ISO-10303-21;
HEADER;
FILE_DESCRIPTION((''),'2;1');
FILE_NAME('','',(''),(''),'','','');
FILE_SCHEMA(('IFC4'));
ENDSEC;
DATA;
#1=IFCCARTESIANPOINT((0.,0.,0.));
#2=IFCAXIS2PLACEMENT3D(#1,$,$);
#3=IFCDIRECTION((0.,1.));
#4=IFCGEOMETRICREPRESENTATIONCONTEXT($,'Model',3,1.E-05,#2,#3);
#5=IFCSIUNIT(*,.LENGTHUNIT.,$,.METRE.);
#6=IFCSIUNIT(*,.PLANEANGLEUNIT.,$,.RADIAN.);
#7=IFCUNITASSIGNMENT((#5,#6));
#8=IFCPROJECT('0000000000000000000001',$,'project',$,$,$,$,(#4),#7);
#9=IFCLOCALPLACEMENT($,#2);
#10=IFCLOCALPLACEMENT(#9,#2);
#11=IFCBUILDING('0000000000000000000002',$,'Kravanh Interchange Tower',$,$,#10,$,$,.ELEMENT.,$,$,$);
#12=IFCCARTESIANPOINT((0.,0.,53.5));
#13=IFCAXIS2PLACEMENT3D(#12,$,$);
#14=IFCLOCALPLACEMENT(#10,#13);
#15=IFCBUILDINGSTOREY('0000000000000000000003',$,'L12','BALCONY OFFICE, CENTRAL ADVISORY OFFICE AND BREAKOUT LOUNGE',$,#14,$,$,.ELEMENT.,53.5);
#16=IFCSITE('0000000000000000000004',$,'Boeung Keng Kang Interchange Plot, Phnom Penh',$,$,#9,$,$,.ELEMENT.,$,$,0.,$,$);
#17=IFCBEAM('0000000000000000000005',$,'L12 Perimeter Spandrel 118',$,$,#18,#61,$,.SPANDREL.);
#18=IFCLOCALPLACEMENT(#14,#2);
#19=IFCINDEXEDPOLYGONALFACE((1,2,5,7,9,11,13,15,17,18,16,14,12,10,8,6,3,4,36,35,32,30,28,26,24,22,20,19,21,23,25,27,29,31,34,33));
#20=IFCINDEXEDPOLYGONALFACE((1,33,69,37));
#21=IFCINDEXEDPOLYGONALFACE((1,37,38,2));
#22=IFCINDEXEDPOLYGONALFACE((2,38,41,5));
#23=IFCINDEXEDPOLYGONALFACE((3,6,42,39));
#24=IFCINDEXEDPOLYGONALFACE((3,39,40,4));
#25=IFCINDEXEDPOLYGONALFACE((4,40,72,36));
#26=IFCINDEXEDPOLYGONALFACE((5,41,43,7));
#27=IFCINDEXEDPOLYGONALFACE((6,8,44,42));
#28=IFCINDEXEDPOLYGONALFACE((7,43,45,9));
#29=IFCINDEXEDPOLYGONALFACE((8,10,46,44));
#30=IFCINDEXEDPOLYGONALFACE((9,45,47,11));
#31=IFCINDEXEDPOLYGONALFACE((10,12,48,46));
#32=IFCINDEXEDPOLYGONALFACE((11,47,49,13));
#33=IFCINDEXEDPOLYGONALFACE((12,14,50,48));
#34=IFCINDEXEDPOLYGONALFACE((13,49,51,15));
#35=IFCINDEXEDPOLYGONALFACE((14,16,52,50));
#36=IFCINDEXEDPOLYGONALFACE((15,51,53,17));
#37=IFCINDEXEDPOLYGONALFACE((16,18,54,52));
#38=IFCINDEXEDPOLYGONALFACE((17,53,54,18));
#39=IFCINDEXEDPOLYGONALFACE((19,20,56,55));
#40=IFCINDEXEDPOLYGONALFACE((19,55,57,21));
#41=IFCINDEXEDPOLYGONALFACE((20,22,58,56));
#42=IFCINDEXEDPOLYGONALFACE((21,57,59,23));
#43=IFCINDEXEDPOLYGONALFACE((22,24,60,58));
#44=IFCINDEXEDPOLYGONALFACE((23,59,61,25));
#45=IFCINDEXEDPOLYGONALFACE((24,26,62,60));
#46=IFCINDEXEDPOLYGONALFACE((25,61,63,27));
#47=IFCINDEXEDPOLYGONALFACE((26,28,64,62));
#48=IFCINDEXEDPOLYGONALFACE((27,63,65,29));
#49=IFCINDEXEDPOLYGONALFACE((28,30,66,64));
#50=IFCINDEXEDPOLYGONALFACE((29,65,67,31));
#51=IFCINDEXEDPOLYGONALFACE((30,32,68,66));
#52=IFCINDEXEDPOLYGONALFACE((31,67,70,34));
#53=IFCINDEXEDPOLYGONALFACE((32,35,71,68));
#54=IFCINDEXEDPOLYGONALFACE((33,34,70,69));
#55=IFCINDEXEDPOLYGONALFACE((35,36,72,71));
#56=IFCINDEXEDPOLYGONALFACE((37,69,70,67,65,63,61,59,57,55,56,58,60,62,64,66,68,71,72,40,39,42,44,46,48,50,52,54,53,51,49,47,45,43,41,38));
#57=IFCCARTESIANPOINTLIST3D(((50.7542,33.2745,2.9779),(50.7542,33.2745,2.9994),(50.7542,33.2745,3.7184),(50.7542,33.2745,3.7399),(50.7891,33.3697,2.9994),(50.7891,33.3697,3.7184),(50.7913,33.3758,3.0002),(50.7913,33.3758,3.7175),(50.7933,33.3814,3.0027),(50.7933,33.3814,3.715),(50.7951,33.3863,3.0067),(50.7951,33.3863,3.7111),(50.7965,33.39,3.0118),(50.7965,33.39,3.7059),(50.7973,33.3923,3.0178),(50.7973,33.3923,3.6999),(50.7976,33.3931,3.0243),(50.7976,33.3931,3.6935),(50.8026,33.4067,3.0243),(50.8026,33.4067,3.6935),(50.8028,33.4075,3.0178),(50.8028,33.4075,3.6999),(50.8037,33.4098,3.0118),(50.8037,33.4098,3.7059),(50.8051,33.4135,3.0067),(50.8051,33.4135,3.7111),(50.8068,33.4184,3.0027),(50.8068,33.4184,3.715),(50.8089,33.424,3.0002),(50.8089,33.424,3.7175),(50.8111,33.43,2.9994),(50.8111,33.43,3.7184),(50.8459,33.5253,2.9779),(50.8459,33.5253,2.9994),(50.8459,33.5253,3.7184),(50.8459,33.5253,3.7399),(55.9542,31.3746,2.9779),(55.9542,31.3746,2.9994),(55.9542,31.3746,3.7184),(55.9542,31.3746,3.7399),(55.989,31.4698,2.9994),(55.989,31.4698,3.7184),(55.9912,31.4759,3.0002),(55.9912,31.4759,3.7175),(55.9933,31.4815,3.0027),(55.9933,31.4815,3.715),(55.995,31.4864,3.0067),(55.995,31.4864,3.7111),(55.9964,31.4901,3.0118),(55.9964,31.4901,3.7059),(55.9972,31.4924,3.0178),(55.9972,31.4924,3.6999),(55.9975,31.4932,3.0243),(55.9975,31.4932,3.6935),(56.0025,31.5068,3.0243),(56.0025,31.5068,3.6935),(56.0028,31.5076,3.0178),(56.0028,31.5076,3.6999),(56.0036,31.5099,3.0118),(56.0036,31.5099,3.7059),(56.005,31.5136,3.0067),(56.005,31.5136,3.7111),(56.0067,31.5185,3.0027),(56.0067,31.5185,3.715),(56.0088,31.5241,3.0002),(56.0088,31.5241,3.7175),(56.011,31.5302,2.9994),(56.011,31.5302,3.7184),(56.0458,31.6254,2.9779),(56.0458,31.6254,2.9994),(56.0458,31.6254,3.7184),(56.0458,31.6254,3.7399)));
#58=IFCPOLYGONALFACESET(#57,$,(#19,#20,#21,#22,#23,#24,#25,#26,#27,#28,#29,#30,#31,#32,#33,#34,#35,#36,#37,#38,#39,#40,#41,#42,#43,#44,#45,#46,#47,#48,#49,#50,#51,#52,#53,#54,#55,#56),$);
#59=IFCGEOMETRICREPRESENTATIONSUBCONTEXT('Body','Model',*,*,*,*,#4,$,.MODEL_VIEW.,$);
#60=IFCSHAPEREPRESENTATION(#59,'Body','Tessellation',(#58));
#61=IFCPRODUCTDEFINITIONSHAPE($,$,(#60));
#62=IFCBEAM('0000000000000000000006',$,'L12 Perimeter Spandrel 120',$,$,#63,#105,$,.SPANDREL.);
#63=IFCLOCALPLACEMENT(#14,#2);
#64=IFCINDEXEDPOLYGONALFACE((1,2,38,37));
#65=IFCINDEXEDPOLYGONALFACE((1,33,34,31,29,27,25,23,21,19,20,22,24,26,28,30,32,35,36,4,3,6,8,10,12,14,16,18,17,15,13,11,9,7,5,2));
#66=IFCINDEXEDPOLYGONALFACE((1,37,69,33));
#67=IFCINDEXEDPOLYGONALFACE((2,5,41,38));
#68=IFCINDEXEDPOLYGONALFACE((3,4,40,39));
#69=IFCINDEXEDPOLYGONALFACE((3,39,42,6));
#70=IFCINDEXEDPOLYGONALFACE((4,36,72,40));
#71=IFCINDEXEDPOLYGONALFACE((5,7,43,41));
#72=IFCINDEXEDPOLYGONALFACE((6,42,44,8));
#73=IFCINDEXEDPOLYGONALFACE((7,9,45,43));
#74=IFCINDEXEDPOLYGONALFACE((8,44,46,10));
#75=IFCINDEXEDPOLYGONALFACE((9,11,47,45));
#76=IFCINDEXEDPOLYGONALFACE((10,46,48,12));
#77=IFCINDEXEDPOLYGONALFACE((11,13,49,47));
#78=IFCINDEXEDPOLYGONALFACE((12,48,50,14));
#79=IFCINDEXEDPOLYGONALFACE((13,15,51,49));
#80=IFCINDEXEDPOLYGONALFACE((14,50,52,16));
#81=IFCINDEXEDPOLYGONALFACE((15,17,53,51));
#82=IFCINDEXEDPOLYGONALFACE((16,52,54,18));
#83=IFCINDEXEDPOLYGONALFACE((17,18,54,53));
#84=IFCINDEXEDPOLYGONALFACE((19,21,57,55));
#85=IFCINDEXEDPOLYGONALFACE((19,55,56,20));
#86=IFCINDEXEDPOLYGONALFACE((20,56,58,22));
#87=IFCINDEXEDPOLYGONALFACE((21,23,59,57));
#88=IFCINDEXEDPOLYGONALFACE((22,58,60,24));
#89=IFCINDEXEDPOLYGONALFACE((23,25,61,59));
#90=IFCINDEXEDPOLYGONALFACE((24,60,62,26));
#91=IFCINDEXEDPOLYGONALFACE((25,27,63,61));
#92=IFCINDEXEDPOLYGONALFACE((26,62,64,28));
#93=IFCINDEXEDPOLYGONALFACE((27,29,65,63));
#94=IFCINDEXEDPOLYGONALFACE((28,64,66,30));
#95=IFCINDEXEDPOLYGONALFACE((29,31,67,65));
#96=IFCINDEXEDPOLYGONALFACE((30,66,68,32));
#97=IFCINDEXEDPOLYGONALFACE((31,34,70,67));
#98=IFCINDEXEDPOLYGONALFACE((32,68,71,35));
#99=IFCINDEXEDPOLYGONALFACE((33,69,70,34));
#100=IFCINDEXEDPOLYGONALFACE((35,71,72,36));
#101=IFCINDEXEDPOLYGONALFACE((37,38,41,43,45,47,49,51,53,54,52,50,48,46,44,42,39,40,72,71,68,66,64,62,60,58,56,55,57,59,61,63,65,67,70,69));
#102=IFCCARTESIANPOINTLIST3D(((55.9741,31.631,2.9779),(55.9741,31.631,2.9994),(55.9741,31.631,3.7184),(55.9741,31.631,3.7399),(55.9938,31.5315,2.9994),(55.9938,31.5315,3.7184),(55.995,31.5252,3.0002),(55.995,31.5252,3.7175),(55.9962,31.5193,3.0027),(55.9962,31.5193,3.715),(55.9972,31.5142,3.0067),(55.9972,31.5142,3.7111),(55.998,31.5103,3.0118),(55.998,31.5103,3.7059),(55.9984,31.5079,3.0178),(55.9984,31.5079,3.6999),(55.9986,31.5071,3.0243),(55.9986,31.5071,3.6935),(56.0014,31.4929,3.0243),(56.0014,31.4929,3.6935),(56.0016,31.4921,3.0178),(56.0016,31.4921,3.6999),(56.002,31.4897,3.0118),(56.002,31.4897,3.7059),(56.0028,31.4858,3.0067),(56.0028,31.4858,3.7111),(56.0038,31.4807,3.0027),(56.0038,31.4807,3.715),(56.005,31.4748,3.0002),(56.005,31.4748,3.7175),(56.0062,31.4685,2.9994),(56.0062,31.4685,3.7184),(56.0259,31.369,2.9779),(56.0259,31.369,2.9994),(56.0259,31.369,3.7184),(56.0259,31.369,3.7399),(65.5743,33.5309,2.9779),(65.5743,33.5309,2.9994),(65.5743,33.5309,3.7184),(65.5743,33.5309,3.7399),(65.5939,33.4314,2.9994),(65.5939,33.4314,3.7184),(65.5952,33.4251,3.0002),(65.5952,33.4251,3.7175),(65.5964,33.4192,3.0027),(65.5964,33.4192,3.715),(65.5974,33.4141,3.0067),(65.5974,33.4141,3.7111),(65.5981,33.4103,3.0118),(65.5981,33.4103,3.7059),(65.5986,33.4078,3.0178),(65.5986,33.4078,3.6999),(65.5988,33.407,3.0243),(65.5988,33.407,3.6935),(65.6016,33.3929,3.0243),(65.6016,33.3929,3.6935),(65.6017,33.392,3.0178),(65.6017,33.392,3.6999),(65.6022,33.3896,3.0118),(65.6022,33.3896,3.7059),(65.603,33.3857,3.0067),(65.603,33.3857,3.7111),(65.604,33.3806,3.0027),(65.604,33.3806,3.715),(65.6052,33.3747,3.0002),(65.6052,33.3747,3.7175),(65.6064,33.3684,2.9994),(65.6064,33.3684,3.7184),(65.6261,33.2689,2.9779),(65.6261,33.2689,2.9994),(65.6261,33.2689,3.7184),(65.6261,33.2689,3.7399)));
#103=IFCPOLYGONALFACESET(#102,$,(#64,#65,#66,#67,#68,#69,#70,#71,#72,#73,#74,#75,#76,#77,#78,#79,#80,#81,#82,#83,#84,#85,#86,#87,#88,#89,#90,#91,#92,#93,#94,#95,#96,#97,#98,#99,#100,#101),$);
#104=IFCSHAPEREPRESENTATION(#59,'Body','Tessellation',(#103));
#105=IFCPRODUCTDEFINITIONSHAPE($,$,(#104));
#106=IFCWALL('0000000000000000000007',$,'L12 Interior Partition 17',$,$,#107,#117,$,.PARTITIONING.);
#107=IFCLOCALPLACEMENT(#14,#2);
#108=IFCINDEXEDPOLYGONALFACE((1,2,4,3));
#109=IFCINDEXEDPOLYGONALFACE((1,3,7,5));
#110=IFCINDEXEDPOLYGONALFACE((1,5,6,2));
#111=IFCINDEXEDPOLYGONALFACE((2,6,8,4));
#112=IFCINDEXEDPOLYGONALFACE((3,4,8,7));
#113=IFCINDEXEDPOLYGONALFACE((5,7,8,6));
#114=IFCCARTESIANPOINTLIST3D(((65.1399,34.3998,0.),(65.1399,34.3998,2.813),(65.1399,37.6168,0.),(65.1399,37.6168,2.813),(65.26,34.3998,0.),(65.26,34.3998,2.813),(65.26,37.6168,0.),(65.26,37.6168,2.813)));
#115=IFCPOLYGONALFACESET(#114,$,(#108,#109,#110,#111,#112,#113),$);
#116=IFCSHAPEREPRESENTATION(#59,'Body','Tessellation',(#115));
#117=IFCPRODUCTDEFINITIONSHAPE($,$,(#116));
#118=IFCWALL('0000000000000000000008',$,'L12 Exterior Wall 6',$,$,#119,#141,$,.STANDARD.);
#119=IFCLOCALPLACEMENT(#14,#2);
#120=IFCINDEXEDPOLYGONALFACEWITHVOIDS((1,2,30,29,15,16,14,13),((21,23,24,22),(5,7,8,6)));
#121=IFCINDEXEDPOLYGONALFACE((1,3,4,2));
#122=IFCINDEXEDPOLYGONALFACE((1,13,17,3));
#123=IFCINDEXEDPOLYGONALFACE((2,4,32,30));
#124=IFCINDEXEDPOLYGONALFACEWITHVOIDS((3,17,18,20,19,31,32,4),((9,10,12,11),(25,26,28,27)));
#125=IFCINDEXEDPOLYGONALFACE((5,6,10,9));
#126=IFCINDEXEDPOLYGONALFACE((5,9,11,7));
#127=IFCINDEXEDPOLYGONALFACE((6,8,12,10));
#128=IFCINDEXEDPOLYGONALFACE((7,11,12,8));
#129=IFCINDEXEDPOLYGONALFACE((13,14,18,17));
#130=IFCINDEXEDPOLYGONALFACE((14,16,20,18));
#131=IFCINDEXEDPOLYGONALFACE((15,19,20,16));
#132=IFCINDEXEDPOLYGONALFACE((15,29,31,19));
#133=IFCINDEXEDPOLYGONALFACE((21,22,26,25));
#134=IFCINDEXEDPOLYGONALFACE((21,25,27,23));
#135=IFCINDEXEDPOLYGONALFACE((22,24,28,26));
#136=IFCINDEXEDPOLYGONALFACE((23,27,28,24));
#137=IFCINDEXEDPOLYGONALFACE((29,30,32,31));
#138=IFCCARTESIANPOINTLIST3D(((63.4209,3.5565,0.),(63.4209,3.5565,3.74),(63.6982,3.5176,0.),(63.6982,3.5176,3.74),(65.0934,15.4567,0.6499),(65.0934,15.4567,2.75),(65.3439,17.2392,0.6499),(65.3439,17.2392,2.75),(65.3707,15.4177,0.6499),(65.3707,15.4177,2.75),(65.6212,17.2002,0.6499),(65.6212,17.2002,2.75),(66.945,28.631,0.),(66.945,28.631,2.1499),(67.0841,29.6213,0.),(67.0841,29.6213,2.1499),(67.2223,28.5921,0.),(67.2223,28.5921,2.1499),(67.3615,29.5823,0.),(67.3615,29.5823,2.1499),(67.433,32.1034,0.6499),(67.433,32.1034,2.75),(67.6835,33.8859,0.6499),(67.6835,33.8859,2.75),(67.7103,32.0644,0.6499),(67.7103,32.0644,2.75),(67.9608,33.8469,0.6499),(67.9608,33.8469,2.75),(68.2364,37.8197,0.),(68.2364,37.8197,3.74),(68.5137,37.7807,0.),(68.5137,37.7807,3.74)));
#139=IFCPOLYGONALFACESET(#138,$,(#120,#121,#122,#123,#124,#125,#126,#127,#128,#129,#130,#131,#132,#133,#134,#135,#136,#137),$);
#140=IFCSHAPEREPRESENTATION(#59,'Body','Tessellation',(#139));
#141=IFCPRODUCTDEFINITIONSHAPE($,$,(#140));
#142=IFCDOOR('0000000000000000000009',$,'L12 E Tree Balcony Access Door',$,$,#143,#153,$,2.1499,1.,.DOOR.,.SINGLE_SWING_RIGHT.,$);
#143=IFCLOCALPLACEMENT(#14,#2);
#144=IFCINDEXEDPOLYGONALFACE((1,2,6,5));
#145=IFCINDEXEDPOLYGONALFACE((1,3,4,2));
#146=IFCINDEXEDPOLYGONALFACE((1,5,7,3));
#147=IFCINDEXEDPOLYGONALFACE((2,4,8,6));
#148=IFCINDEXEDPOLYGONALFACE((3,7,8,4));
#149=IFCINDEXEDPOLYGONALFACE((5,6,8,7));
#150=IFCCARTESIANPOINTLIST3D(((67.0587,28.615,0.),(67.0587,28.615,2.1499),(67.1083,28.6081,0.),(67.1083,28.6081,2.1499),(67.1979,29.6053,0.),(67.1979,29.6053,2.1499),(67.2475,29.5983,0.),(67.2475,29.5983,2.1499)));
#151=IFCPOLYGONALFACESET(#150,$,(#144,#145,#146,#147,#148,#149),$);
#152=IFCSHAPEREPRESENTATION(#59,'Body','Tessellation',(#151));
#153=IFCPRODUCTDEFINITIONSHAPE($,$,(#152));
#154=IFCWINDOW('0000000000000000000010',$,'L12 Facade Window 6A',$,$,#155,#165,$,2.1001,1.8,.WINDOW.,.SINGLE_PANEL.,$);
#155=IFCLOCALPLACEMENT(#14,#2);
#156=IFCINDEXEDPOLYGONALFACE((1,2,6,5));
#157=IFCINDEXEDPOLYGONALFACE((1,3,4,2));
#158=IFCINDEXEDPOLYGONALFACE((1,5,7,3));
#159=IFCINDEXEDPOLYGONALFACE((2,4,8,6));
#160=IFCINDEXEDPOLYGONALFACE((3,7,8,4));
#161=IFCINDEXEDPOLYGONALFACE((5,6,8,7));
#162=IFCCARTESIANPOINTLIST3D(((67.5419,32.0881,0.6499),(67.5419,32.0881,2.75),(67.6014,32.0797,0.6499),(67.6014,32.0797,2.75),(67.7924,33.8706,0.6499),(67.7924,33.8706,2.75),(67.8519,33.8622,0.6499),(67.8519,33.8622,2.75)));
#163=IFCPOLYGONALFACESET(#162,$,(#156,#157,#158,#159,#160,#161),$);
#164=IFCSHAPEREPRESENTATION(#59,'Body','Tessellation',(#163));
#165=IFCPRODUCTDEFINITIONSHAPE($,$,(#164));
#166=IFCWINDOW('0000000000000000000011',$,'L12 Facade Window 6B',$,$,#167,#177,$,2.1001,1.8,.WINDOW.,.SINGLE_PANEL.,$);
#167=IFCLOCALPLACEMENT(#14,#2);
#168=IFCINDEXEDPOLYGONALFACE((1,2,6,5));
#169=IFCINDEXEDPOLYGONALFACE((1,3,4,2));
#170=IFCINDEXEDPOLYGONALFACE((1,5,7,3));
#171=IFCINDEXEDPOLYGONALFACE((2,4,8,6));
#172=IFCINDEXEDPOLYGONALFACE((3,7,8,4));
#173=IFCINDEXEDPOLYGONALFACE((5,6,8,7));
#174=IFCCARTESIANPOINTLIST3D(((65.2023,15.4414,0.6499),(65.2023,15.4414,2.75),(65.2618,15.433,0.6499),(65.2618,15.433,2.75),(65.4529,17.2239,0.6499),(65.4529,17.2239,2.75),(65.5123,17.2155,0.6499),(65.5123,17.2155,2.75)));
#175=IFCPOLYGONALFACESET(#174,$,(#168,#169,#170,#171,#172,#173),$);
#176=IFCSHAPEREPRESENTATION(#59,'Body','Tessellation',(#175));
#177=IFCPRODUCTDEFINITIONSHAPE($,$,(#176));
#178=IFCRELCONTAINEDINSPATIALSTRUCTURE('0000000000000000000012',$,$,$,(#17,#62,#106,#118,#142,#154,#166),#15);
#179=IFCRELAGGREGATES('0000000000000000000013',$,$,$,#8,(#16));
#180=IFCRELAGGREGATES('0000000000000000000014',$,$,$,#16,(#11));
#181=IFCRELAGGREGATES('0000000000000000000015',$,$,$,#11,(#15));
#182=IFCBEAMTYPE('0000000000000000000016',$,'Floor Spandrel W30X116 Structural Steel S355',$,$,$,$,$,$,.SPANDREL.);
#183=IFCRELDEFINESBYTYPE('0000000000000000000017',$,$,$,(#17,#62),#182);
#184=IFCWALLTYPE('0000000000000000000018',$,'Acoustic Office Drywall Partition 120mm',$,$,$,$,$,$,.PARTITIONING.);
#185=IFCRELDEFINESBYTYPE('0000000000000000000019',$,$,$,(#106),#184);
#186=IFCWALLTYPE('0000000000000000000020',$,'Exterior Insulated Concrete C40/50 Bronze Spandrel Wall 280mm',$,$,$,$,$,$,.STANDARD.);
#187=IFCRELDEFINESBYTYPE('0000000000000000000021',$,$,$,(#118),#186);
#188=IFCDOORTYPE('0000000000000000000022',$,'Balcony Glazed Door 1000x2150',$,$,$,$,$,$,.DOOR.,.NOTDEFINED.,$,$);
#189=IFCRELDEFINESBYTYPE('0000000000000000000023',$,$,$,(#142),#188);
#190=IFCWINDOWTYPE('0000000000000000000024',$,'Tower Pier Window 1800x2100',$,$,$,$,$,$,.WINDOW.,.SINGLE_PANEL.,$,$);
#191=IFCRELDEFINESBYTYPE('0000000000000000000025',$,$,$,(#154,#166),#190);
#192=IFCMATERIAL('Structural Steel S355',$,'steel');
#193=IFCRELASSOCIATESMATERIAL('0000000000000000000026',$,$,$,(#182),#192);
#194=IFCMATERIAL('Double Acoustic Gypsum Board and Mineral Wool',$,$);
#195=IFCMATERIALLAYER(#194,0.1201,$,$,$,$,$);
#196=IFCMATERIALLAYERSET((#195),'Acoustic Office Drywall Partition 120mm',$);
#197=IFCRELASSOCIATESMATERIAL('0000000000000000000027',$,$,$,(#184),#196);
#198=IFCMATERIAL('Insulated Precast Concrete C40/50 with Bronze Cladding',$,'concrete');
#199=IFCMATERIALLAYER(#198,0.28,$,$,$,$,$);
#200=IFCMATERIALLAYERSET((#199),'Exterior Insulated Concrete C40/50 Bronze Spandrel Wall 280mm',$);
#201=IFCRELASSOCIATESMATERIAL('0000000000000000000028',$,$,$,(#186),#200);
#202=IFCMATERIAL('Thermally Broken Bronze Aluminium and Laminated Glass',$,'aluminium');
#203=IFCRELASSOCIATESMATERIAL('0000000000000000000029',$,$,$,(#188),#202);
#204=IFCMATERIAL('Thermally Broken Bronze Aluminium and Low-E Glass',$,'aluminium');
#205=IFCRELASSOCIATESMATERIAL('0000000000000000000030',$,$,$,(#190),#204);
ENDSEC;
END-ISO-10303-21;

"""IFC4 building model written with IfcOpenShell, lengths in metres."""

from ifc_helpers import new_model, si_unit, direction, frame, frame_2d, origin, origin_2d, place, context, subcontext, project, spatial, rectangle, i_section, extrude, material, layer, layer_set, material_profile, profile_set, type_object, element, fill, save


model = new_model("IFC4")

# Units and contexts
model_context = context("Model", 3, precision=1e-05, world=origin(), true_north=direction((0.0, 1.0)))
body_context = subcontext(model_context, "Body", "Model", "MODEL_VIEW")
ifc_project = project(units=[si_unit("LENGTHUNIT", "METRE"), si_unit("PLANEANGLEUNIT", "RADIAN")], contexts=[model_context])

# Site, building, storey
site_placement = place(None, origin())
site = spatial("IfcSite", under=ifc_project, at=site_placement, Name="Boeung Keng Kang Interchange Plot, Phnom Penh", CompositionType="ELEMENT", RefElevation=0.0)
building_placement = place(site_placement, origin())
building = spatial("IfcBuilding", under=site, at=building_placement, Name="Kravanh Interchange Tower", CompositionType="ELEMENT")
storey_placement = place(building_placement, frame((0.0, 0.0, 53.5)))
storey = spatial("IfcBuildingStorey", under=building, at=storey_placement, Name="L12", Description="BALCONY OFFICE, CENTRAL ADVISORY OFFICE AND BREAKOUT LOUNGE", CompositionType="ELEMENT", Elevation=53.5)

# Beams
ifc_material_1 = material(Name="Structural Steel S355", Category="steel")
ifc_material_profile_1 = material_profile(ifc_material_1, i_section(OverallWidth=0.2671, OverallDepth=0.762, WebThickness=0.0144, FlangeThickness=0.0215, FilletRadius=0.0249, at=origin_2d()), Name="W30X116")
ifc_profile_set_1 = profile_set([ifc_material_profile_1], Name="Structural Steel S355")
beam_type_1 = type_object("IfcBeamType", Name="Floor Spandrel W30X116 Structural Steel S355", PredefinedType="SPANDREL", material=ifc_profile_set_1)
beam_1_placement = place(storey_placement, frame((56.0, 31.5, 3.3589), z_axis=(-0.93927, 0.34318, 0.0), x_axis=(-0.34318, -0.93927, 0.0)))
element("IfcBeam", 1, at=beam_1_placement, inside=storey, type_object=beam_type_1, Name="L12 Perimeter Spandrel 118", PredefinedType="SPANDREL", context=body_context, shape_type="SweptSolid", body=[
    extrude(i_section(OverallWidth=0.2671, OverallDepth=0.762, WebThickness=0.0144, FlangeThickness=0.0215, FilletRadius=0.0249, at=origin_2d()), origin(), (0.0, 0.0, 1.0), 5.5361),
])
beam_2_placement = place(storey_placement, frame((56.0, 31.5, 3.3589), z_axis=(0.980974, 0.194139, 0.0), x_axis=(-0.194139, 0.980974, 0.0)))
element("IfcBeam", 2, at=beam_2_placement, inside=storey, type_object=beam_type_1, Name="L12 Perimeter Spandrel 120", PredefinedType="SPANDREL", context=body_context, shape_type="SweptSolid", body=[
    extrude(i_section(OverallWidth=0.2671, OverallDepth=0.762, WebThickness=0.0144, FlangeThickness=0.0215, FilletRadius=0.0249, at=origin_2d()), origin(), (0.0, 0.0, 1.0), 9.7864),
])

# Wall
ifc_material_2 = material(Name="Double Acoustic Gypsum Board and Mineral Wool")
ifc_layer_1 = layer(ifc_material_2, 0.1201)
ifc_layer_set_1 = layer_set([ifc_layer_1], Name="Acoustic Office Drywall Partition 120mm")
wall_type_1 = type_object("IfcWallType", Name="Acoustic Office Drywall Partition 120mm", PredefinedType="PARTITIONING", material=ifc_layer_set_1)
wall_1_placement = place(storey_placement, frame((65.2, 34.3999, 0.0), z_axis=(0.0, 0.0, 1.0), x_axis=(0.0, 1.0, 0.0)))
element("IfcWall", 3, at=wall_1_placement, inside=storey, type_object=wall_type_1, Name="L12 Interior Partition 17", PredefinedType="PARTITIONING", context=body_context, shape_type="SweptSolid", body=[
    extrude(rectangle(XDim=3.217, YDim=0.1201, at=frame_2d((1.6084, 0.0))), origin(), (0.0, 0.0, 1.0), 2.813),
])

# Wall, openings, door, windows
ifc_material_3 = material(Name="Insulated Precast Concrete C40/50 with Bronze Cladding", Category="concrete")
ifc_layer_2 = layer(ifc_material_3, 0.28)
ifc_layer_set_2 = layer_set([ifc_layer_2], Name="Exterior Insulated Concrete C40/50 Bronze Spandrel Wall 280mm")
wall_type_2 = type_object("IfcWallType", Name="Exterior Insulated Concrete C40/50 Bronze Spandrel Wall 280mm", PredefinedType="STANDARD", material=ifc_layer_set_2)
wall_2_placement = place(storey_placement, frame((68.375, 37.8, 0.0), z_axis=(0.0, 0.0, 1.0), x_axis=(-0.139175, -0.990268, 0.0)))
wall_2 = element("IfcWall", 4, at=wall_2_placement, inside=storey, type_object=wall_type_2, Name="L12 Exterior Wall 6", PredefinedType="STANDARD", context=body_context, shape_type="SweptSolid", body=[
    extrude(rectangle(XDim=34.5999, YDim=0.28, at=frame_2d((17.2998, 0.0))), origin(), (0.0, 0.0, 1.0), 3.74),
])
opening_1_placement = place(wall_2_placement, frame((8.2788, 0.0, 0.0)))
opening_1 = element("IfcOpeningElement", 5, at=opening_1_placement, cuts=wall_2, PredefinedType="OPENING", context=body_context, shape_type="SweptSolid", body=[
    extrude(rectangle(XDim=1.0, YDim=2.1499, at=frame_2d((0.5, 1.075))), frame((0.0, 0.1499, 0.0), z_axis=(0.0, -1.0, 0.0), x_axis=(1.0, 0.0, 0.0)), (0.0, 0.0, 1.0), 0.3),
])
opening_2_placement = place(wall_2_placement, frame((3.9724, 0.0, 0.6499)))
opening_2 = element("IfcOpeningElement", 6, at=opening_2_placement, cuts=wall_2, PredefinedType="OPENING", context=body_context, shape_type="SweptSolid", body=[
    extrude(rectangle(XDim=1.8, YDim=2.1001, at=frame_2d((0.8999, 1.05))), frame((0.0, 0.1499, 0.0), z_axis=(0.0, -1.0, 0.0), x_axis=(1.0, 0.0, 0.0)), (0.0, 0.0, 1.0), 0.3),
])
opening_3_placement = place(wall_2_placement, frame((20.7827, 0.0, 0.6499)))
opening_3 = element("IfcOpeningElement", 7, at=opening_3_placement, cuts=wall_2, PredefinedType="OPENING", context=body_context, shape_type="SweptSolid", body=[
    extrude(rectangle(XDim=1.8, YDim=2.1001, at=frame_2d((0.8999, 1.05))), frame((0.0, 0.1499, 0.0), z_axis=(0.0, -1.0, 0.0), x_axis=(1.0, 0.0, 0.0)), (0.0, 0.0, 1.0), 0.3),
])
ifc_material_4 = material(Name="Thermally Broken Bronze Aluminium and Laminated Glass", Category="aluminium")
door_type = type_object("IfcDoorType", Name="Balcony Glazed Door 1000x2150", OperationType="NOTDEFINED", PredefinedType="DOOR", material=ifc_material_4)
door_placement = place(opening_1_placement, origin())
door = element("IfcDoor", 8, at=door_placement, inside=storey, type_object=door_type, Name="L12 E Tree Balcony Access Door", OperationType="SINGLE_SWING_RIGHT", OverallHeight=2.1499, OverallWidth=1.0, PredefinedType="DOOR", context=body_context, shape_type="SweptSolid", body=[
    extrude(rectangle(XDim=1.0, YDim=2.1499, at=frame_2d((0.5, 1.075))), frame((0.0, 0.0249, 0.0), z_axis=(0.0, -1.0, 0.0), x_axis=(1.0, 0.0, 0.0)), (0.0, 0.0, 1.0), 0.05),
])
fill(opening_1, door)
ifc_material_5 = material(Name="Thermally Broken Bronze Aluminium and Low-E Glass", Category="aluminium")
window_type = type_object("IfcWindowType", Name="Tower Pier Window 1800x2100", PartitioningType="SINGLE_PANEL", PredefinedType="WINDOW", material=ifc_material_5)
window_1_placement = place(opening_2_placement, origin())
window_1 = element("IfcWindow", 9, at=window_1_placement, inside=storey, type_object=window_type, Name="L12 Facade Window 6A", OverallHeight=2.1001, OverallWidth=1.8, PartitioningType="SINGLE_PANEL", PredefinedType="WINDOW", context=body_context, shape_type="SweptSolid", body=[
    extrude(rectangle(XDim=1.8, YDim=2.1001, at=frame_2d((0.8999, 1.05))), frame((0.0, 0.03, 0.0), z_axis=(0.0, -1.0, 0.0), x_axis=(1.0, 0.0, 0.0)), (0.0, 0.0, 1.0), 0.0601),
])
fill(opening_2, window_1)
window_2_placement = place(opening_3_placement, origin())
window_2 = element("IfcWindow", 10, at=window_2_placement, inside=storey, type_object=window_type, Name="L12 Facade Window 6B", OverallHeight=2.1001, OverallWidth=1.8, PartitioningType="SINGLE_PANEL", PredefinedType="WINDOW", context=body_context, shape_type="SweptSolid", body=[
    extrude(rectangle(XDim=1.8, YDim=2.1001, at=frame_2d((0.8999, 1.05))), frame((0.0, 0.03, 0.0), z_axis=(0.0, -1.0, 0.0), x_axis=(1.0, 0.0, 0.0)), (0.0, 0.0, 1.0), 0.0601),
])
fill(opening_3, window_2)

save(model, "model.ifc")
